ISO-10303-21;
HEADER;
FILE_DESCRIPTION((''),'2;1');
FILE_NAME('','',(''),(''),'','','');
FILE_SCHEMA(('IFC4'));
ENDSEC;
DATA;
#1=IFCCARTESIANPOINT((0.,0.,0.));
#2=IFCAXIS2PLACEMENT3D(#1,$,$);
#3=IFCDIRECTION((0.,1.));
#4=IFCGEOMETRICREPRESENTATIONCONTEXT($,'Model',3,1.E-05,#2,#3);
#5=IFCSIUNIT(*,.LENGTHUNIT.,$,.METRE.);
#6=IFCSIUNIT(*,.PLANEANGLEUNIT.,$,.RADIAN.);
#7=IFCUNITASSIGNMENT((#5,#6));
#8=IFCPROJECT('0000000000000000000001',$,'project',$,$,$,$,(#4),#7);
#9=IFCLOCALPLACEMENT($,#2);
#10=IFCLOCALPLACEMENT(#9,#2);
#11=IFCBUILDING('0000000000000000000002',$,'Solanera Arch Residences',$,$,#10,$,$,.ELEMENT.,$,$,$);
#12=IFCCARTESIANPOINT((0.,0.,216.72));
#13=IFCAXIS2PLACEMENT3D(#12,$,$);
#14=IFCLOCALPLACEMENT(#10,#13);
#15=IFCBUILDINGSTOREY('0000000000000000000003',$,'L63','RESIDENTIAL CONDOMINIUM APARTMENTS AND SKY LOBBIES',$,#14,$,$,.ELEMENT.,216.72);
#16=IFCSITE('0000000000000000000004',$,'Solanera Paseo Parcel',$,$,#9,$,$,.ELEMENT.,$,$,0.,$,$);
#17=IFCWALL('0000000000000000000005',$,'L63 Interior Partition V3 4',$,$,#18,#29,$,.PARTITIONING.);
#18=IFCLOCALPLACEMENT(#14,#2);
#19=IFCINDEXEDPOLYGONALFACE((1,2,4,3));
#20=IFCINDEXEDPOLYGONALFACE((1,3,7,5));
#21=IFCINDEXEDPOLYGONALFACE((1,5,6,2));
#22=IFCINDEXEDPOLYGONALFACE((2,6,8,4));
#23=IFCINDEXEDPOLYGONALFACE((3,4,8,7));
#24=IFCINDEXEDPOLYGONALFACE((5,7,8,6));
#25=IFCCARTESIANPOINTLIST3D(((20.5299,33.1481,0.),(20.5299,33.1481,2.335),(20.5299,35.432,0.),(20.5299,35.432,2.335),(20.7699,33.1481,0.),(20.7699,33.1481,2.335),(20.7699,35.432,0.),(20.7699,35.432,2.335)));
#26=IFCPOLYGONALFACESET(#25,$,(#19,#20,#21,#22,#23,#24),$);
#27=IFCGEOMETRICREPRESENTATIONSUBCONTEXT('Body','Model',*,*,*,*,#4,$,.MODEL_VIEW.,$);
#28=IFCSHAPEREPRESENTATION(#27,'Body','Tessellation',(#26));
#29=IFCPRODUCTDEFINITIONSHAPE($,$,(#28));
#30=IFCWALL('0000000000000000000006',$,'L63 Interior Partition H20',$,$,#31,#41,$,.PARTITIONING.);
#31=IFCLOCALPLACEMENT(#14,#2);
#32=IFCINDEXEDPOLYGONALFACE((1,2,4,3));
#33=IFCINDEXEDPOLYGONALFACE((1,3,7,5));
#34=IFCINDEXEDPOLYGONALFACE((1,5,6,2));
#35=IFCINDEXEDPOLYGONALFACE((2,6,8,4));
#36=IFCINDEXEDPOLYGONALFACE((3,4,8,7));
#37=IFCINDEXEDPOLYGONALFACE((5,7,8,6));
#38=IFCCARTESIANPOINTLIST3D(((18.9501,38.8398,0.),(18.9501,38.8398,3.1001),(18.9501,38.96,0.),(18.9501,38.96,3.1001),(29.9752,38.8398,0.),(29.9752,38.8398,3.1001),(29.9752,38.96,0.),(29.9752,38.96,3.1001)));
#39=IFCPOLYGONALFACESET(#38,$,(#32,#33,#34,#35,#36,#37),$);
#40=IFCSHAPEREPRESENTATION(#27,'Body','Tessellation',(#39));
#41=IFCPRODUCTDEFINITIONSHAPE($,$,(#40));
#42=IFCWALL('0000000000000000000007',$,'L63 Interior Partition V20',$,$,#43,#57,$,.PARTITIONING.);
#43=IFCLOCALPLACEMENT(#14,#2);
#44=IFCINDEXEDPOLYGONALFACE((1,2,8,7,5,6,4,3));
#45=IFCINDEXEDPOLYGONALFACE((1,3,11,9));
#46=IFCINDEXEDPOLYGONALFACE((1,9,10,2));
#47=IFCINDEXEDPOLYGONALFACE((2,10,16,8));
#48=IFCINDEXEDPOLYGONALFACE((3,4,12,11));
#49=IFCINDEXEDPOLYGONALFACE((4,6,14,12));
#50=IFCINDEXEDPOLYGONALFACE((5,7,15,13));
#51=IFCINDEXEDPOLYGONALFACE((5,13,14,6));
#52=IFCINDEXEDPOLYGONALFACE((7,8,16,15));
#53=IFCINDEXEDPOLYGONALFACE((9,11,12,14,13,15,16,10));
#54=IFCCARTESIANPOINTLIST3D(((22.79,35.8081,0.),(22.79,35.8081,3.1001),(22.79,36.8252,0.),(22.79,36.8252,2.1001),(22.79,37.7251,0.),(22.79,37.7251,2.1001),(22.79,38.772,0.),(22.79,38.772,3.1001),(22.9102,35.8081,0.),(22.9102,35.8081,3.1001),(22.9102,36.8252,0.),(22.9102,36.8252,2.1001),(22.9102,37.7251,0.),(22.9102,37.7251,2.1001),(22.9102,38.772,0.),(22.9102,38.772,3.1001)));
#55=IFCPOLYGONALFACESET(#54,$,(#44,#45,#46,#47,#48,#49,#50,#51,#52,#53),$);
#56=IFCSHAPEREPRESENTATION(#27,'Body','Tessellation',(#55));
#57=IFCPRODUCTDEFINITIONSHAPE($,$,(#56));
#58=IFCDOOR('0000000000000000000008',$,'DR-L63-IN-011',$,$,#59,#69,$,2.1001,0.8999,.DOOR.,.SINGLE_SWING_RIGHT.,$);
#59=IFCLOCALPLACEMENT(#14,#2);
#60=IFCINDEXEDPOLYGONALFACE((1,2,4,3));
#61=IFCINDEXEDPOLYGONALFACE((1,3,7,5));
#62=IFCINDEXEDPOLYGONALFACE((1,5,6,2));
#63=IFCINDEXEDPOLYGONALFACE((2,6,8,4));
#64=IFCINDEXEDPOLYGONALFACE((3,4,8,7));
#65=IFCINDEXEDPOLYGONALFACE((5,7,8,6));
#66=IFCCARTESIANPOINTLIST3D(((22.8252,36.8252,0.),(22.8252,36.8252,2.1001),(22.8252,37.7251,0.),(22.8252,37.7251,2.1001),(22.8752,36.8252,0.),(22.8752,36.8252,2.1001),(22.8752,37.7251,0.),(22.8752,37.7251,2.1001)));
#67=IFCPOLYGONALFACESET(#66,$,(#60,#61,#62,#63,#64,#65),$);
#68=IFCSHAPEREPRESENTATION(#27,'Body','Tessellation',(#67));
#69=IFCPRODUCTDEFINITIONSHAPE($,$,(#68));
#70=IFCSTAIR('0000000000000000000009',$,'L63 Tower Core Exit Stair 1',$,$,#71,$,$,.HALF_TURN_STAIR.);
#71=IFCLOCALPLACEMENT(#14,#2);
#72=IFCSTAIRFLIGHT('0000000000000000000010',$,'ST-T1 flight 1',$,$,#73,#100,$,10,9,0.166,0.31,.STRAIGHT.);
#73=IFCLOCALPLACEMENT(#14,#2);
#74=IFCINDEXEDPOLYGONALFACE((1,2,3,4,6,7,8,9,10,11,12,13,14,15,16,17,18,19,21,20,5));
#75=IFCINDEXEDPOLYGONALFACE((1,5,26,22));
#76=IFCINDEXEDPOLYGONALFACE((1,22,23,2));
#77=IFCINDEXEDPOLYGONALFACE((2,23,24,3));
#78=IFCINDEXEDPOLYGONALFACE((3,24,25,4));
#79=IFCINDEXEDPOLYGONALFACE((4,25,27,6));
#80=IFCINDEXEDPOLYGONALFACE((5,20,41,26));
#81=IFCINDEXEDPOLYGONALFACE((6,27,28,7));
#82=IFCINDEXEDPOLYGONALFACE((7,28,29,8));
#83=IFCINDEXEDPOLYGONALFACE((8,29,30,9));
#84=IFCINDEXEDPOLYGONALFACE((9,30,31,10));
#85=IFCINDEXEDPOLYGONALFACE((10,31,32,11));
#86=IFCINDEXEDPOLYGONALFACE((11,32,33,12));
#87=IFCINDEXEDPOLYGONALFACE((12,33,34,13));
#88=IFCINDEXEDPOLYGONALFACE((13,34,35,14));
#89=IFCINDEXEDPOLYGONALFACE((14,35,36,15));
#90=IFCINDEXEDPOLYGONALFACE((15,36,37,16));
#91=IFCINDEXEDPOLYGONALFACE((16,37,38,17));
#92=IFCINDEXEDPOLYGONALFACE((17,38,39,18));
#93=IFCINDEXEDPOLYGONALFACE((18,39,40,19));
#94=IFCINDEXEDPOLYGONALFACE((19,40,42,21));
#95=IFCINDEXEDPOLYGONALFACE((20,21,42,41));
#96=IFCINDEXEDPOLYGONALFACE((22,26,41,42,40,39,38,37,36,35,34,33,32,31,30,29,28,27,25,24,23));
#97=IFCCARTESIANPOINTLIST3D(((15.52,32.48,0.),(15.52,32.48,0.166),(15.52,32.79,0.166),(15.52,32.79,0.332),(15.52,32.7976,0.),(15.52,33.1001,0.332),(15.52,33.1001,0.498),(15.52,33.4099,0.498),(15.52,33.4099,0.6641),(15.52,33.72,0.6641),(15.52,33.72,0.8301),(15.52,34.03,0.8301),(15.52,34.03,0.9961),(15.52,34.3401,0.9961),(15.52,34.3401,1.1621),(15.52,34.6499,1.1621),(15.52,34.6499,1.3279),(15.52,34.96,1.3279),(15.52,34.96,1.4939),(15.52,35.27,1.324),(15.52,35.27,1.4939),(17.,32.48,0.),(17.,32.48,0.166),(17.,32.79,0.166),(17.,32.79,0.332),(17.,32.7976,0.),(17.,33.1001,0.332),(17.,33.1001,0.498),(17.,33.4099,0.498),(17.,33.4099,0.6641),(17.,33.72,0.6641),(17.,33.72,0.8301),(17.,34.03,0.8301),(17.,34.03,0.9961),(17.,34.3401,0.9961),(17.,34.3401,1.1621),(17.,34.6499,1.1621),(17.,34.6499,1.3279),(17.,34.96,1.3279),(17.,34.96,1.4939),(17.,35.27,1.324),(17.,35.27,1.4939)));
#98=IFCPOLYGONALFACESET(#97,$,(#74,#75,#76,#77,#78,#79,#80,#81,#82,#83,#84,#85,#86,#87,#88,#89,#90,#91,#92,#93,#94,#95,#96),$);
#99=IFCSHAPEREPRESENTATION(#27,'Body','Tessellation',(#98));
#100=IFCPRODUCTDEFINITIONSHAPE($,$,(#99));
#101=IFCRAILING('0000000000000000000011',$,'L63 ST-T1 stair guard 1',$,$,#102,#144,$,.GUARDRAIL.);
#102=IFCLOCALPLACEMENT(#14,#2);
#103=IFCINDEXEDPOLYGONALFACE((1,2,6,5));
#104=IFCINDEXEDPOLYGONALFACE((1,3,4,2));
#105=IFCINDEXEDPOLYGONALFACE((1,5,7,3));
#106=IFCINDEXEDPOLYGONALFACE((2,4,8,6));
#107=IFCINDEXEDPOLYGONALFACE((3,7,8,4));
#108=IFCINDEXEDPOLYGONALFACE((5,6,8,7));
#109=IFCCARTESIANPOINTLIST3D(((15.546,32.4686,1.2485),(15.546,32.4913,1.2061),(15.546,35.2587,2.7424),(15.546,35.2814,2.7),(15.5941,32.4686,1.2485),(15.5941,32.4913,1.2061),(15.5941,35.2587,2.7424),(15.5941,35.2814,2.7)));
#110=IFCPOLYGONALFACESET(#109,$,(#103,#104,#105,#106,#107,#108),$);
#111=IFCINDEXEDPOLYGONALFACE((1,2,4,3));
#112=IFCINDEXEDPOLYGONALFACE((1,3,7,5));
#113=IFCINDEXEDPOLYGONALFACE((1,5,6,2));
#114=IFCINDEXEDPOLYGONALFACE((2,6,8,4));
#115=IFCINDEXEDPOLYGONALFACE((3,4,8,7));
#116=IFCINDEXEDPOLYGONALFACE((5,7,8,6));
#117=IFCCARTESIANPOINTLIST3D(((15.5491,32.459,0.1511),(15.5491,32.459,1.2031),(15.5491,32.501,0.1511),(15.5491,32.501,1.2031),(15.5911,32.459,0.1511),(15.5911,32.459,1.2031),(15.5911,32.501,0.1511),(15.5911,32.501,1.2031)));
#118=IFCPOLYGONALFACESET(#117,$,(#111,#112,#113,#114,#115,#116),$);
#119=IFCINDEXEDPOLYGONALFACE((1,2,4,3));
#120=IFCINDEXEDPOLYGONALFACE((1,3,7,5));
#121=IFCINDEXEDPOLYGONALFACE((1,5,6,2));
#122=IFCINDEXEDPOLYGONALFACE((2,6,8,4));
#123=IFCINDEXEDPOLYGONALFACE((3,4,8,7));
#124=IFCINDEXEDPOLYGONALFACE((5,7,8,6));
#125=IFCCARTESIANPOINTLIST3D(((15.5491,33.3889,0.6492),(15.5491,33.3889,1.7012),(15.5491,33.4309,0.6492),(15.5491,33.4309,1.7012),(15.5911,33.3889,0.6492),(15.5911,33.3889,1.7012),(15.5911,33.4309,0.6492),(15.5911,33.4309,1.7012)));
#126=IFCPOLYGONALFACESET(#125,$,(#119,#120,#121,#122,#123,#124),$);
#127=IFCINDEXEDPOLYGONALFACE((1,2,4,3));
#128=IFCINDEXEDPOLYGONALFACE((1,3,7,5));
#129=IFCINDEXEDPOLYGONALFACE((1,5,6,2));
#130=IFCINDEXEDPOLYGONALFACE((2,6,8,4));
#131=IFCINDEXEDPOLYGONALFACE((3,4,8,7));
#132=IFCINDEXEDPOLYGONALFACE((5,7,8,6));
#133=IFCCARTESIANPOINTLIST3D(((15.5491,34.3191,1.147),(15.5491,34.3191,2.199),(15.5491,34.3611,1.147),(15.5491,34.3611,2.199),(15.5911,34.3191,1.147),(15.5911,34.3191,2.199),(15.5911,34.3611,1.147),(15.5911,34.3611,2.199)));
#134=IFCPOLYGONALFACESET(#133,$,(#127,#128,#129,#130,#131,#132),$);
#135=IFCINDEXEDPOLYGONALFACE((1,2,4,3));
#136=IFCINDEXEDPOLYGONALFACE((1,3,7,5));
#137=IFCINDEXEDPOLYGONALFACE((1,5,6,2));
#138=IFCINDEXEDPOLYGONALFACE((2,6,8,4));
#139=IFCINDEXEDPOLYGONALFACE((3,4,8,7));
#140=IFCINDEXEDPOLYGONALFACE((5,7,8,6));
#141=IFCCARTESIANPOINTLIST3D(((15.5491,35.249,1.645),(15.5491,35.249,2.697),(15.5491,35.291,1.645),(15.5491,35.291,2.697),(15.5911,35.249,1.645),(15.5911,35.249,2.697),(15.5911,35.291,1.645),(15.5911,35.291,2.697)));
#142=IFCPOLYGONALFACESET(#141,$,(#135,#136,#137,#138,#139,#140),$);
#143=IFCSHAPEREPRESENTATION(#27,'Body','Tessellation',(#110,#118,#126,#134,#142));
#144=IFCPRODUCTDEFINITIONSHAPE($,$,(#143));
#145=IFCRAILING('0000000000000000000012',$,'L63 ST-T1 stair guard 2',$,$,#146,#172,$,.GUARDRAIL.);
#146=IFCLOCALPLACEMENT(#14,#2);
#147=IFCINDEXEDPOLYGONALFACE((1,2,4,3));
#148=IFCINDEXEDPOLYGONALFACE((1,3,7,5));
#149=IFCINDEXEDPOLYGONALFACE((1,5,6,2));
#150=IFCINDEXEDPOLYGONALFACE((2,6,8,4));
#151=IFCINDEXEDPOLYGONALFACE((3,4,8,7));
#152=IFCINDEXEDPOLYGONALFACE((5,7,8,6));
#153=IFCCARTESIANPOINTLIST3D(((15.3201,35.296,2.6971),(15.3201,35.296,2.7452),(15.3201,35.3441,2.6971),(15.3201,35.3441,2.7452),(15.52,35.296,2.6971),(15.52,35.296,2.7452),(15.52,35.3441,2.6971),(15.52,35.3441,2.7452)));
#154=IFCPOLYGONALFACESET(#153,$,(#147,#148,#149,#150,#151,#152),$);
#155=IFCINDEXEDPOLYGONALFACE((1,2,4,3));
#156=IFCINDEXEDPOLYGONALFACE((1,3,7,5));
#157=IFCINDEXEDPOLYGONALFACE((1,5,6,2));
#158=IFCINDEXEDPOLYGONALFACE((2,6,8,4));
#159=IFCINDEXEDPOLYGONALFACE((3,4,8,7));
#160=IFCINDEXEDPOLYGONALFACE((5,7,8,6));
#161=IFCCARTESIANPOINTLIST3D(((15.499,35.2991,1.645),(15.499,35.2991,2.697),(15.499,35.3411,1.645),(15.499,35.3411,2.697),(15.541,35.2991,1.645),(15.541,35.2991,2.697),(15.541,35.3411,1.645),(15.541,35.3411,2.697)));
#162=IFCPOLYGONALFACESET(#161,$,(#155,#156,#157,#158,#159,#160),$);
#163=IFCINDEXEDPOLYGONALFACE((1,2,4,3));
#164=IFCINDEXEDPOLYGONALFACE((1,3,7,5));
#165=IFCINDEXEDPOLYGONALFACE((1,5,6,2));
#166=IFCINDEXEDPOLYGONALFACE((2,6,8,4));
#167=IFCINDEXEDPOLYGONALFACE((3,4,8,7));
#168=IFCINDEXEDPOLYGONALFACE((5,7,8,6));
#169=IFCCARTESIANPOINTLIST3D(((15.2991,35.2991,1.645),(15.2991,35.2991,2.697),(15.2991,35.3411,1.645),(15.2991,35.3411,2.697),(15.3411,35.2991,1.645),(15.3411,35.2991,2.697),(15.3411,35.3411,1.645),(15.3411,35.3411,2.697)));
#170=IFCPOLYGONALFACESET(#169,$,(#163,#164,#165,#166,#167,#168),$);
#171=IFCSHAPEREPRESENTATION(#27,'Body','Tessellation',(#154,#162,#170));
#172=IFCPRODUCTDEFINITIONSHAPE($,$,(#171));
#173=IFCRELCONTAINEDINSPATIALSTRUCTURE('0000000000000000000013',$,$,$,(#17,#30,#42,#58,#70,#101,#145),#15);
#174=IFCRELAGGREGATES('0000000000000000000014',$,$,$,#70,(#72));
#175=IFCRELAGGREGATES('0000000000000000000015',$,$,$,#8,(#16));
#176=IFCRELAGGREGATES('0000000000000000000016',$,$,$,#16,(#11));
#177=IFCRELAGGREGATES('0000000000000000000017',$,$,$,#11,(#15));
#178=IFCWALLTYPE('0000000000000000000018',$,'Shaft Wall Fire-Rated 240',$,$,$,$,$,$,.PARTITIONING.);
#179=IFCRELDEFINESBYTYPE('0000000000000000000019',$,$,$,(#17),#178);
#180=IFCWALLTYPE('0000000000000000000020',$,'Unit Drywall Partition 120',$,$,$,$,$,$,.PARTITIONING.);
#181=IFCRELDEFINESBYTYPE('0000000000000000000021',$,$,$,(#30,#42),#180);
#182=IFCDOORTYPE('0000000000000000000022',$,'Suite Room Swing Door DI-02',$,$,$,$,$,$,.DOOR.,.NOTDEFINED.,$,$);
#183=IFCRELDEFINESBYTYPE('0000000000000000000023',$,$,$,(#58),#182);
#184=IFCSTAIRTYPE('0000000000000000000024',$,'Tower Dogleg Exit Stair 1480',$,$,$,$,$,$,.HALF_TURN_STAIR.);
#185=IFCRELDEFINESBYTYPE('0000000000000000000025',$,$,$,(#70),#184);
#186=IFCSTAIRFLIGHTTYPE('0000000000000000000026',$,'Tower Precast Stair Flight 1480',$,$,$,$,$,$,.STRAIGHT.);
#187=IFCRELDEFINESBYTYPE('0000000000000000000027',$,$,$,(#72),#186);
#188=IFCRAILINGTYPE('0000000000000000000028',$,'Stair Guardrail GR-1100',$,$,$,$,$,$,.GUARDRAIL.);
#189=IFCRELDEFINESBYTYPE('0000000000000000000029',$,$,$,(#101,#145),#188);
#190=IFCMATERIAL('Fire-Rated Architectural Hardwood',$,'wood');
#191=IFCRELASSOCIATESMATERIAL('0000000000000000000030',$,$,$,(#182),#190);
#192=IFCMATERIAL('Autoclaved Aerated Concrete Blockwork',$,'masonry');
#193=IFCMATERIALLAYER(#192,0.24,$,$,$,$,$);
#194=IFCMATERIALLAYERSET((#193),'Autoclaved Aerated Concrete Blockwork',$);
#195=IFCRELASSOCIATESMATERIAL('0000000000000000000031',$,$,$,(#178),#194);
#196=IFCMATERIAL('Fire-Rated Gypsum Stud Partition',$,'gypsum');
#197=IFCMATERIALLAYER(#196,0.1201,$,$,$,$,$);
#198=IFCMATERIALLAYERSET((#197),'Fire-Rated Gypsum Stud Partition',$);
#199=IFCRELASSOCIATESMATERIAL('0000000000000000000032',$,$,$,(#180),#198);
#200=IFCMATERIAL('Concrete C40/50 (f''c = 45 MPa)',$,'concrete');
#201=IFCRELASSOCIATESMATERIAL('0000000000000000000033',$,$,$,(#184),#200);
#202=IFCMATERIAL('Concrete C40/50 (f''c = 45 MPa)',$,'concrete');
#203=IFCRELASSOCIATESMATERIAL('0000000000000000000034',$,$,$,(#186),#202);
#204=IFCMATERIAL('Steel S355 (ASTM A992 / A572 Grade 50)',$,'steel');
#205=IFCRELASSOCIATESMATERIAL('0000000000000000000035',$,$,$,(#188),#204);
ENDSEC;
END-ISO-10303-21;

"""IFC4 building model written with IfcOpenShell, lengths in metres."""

from ifc_helpers import new_model, si_unit, direction, frame, frame_2d, origin, origin_2d, place, context, subcontext, project, spatial, polyline, rectangle, outline, extrude, material, layer, layer_set, type_object, element, fill, aggregate, save


model = new_model("IFC4")

# Units and contexts
model_context = context("Model", 3, precision=1e-05, world=origin(), true_north=direction((0.0, 1.0)))
body_context = subcontext(model_context, "Body", "Model", "MODEL_VIEW")
ifc_project = project(units=[si_unit("LENGTHUNIT", "METRE"), si_unit("PLANEANGLEUNIT", "RADIAN")], contexts=[model_context])

# Site, building, storey
site_placement = place(None, origin())
site = spatial("IfcSite", under=ifc_project, at=site_placement, Name="Solanera Paseo Parcel", CompositionType="ELEMENT", RefElevation=0.0)
building_placement = place(site_placement, origin())
building = spatial("IfcBuilding", under=site, at=building_placement, Name="Solanera Arch Residences", CompositionType="ELEMENT")
storey_placement = place(building_placement, frame((0.0, 0.0, 216.72)))
storey = spatial("IfcBuildingStorey", under=building, at=storey_placement, Name="L63", Description="RESIDENTIAL CONDOMINIUM APARTMENTS AND SKY LOBBIES", CompositionType="ELEMENT", Elevation=216.72)

# Shared definitions
ifc_material_1 = material(Name="Fire-Rated Architectural Hardwood", Category="wood")
door_type_1 = type_object("IfcDoorType", Name="Suite Room Swing Door DI-02", OperationType="NOTDEFINED", PredefinedType="DOOR", material=ifc_material_1)

# Shared definitions
ifc_material_2 = material(Name="Autoclaved Aerated Concrete Blockwork", Category="masonry")
ifc_layer_1 = layer(ifc_material_2, 0.24)
ifc_layer_set_1 = layer_set([ifc_layer_1], Name="Autoclaved Aerated Concrete Blockwork")
wall_type_1 = type_object("IfcWallType", Name="Shaft Wall Fire-Rated 240", PredefinedType="PARTITIONING", material=ifc_layer_set_1)

# Walls
wall_1_placement = place(storey_placement, frame((20.6499, 33.1479, 0.0), z_axis=(0.0, 0.0, 1.0), x_axis=(0.0, 1.0, 0.0)))
element("IfcWall", 1, at=wall_1_placement, inside=storey, type_object=wall_type_1, Name="L63 Interior Partition V3 4", PredefinedType="PARTITIONING", context=body_context, shape_type="SweptSolid", body=[
    extrude(rectangle(XDim=2.2839, YDim=0.24, at=frame_2d((1.1421, 0.0))), origin(), (0.0, 0.0, 1.0), 2.335),
])
ifc_material_3 = material(Name="Fire-Rated Gypsum Stud Partition", Category="gypsum")
ifc_layer_2 = layer(ifc_material_3, 0.1201)
ifc_layer_set_2 = layer_set([ifc_layer_2], Name="Fire-Rated Gypsum Stud Partition")
wall_type_2 = type_object("IfcWallType", Name="Unit Drywall Partition 120", PredefinedType="PARTITIONING", material=ifc_layer_set_2)
wall_2_placement = place(storey_placement, frame((18.95, 38.8999, 0.0), z_axis=(0.0, 0.0, 1.0), x_axis=(1.0, 0.0, 0.0)))
element("IfcWall", 2, at=wall_2_placement, inside=storey, type_object=wall_type_2, Name="L63 Interior Partition H20", PredefinedType="PARTITIONING", context=body_context, shape_type="SweptSolid", body=[
    extrude(rectangle(XDim=11.0251, YDim=0.1201, at=frame_2d((5.5127, 0.0))), origin(), (0.0, 0.0, 1.0), 3.1001),
])

# Wall, opening, door
wall_3_placement = place(storey_placement, frame((22.8501, 35.8081, 0.0), z_axis=(0.0, 0.0, 1.0), x_axis=(0.0, 1.0, 0.0)))
wall_3 = element("IfcWall", 3, at=wall_3_placement, inside=storey, type_object=wall_type_2, Name="L63 Interior Partition V20", PredefinedType="PARTITIONING", context=body_context, shape_type="SweptSolid", body=[
    extrude(rectangle(XDim=2.9639, YDim=0.1201, at=frame_2d((1.4819, 0.0))), origin(), (0.0, 0.0, 1.0), 3.1001),
])
opening_1_placement = place(wall_3_placement, frame((1.0171, 0.0, 0.0)))
opening_1 = element("IfcOpeningElement", 4, at=opening_1_placement, cuts=wall_3, PredefinedType="OPENING", context=body_context, shape_type="SweptSolid", body=[
    extrude(rectangle(XDim=0.8999, YDim=2.1001, at=frame_2d((0.45, 1.05))), frame((0.0, 0.0701, 0.0), z_axis=(0.0, -1.0, 0.0), x_axis=(1.0, 0.0, 0.0)), (0.0, 0.0, 1.0), 0.1401),
])
door_1_placement = place(opening_1_placement, origin())
door_1 = element("IfcDoor", 5, at=door_1_placement, inside=storey, type_object=door_type_1, Name="DR-L63-IN-011", OperationType="SINGLE_SWING_RIGHT", OverallHeight=2.1001, OverallWidth=0.8999, PredefinedType="DOOR", context=body_context, shape_type="SweptSolid", body=[
    extrude(rectangle(XDim=0.8999, YDim=2.1001, at=frame_2d((0.45, 1.05))), frame((0.0, 0.0249, 0.0), z_axis=(0.0, -1.0, 0.0), x_axis=(1.0, 0.0, 0.0)), (0.0, 0.0, 1.0), 0.05),
])
fill(opening_1, door_1)

# Stair, stair flight
ifc_material_4 = material(Name="Concrete C40/50 (f'c = 45 MPa)", Category="concrete")
stair_type = type_object("IfcStairType", Name="Tower Dogleg Exit Stair 1480", PredefinedType="HALF_TURN_STAIR", material=ifc_material_4)
stair_placement = place(storey_placement, origin())
stair = element("IfcStair", 6, at=stair_placement, inside=storey, type_object=stair_type, Name="L63 Tower Core Exit Stair 1", PredefinedType="HALF_TURN_STAIR")
ifc_material_5 = material(Name="Concrete C40/50 (f'c = 45 MPa)", Category="concrete")
stair_flight_type = type_object("IfcStairFlightType", Name="Tower Precast Stair Flight 1480", PredefinedType="STRAIGHT", material=ifc_material_5)
stair_flight_placement = place(storey_placement, frame((16.26, 32.48, 0.0), z_axis=(0.0, 0.0, 1.0), x_axis=(0.0, 1.0, 0.0)))
stair_flight = element("IfcStairFlight", 7, at=stair_flight_placement, type_object=stair_flight_type, Name="ST-T1 flight 1", NumberOfRisers=10, NumberOfTreads=9, PredefinedType="STRAIGHT", RiserHeight=0.166, TreadLength=0.31, context=body_context, shape_type="SweptSolid", body=[
    extrude(outline(polyline([(0.0, 0.0), (0.0, 0.166), (0.3101, 0.166), (0.3101, 0.332), (0.6201, 0.332), (0.6201, 0.498), (0.9299, 0.498), (0.9299, 0.6641), (1.24, 0.6641), (1.24, 0.8301), (1.55, 0.8301), (1.55, 0.9961), (1.8601, 0.9961), (1.8601, 1.1621), (2.1699, 1.1621), (2.1699, 1.3279), (2.48, 1.3279), (2.48, 1.4939), (2.79, 1.4939), (2.79, 1.6599), (2.79, 1.324), (0.3176, 0.0), (0.0, 0.0)])), frame((0.0, 0.74, 0.0), z_axis=(0.0, -1.0, 0.0), x_axis=(1.0, 0.0, 0.0)), (0.0, 0.0, 1.0), 1.48),
])
aggregate(stair, [stair_flight])

# Railings
ifc_material_6 = material(Name="Steel S355 (ASTM A992 / A572 Grade 50)", Category="steel")
railing_type_1 = type_object("IfcRailingType", Name="Stair Guardrail GR-1100", PredefinedType="GUARDRAIL", material=ifc_material_6)
railing_1_placement = place(storey_placement, frame((15.5701, 32.48, 0.1511)))
element("IfcRailing", 8, at=railing_1_placement, inside=storey, type_object=railing_type_1, Name="L63 ST-T1 stair guard 1", PredefinedType="GUARDRAIL", context=body_context, shape_type="SweptSolid", body=[
    extrude(rectangle(XDim=0.0481, YDim=0.0481, at=origin_2d()), frame((0.0, 0.0, 1.0762), z_axis=(0.0, 0.881581, 0.472033), x_axis=(-1.0, 0.0, 0.0)), (0.0, 0.0, 1.0), 3.1648),
    extrude(rectangle(XDim=0.042, YDim=0.042, at=origin_2d()), origin(), (0.0, 0.0, 1.0), 1.052),
    extrude(rectangle(XDim=0.042, YDim=0.042, at=origin_2d()), frame((0.0, 0.9299, 0.498)), (0.0, 0.0, 1.0), 1.052),
    extrude(rectangle(XDim=0.042, YDim=0.042, at=origin_2d()), frame((0.0, 1.8601, 0.9958)), (0.0, 0.0, 1.0), 1.052),
    extrude(rectangle(XDim=0.042, YDim=0.042, at=origin_2d()), frame((0.0, 2.79, 1.4939)), (0.0, 0.0, 1.0), 1.052),
])
railing_2_placement = place(storey_placement, frame((15.52, 35.3201, 1.645)))
element("IfcRailing", 9, at=railing_2_placement, inside=storey, type_object=railing_type_1, Name="L63 ST-T1 stair guard 2", PredefinedType="GUARDRAIL", context=body_context, shape_type="SweptSolid", body=[
    extrude(rectangle(XDim=0.0481, YDim=0.0481, at=origin_2d()), frame((0.0, 0.0, 1.0762), z_axis=(-1.0, 0.0, 0.0), x_axis=(0.0, -1.0, 0.0)), (0.0, 0.0, 1.0), 0.2),
    extrude(rectangle(XDim=0.042, YDim=0.042, at=origin_2d()), origin(), (0.0, 0.0, 1.0), 1.052),
    extrude(rectangle(XDim=0.042, YDim=0.042, at=origin_2d()), frame((-0.2, 0.0, 0.0)), (0.0, 0.0, 1.0), 1.052),
])

save(model, "model.ifc")
